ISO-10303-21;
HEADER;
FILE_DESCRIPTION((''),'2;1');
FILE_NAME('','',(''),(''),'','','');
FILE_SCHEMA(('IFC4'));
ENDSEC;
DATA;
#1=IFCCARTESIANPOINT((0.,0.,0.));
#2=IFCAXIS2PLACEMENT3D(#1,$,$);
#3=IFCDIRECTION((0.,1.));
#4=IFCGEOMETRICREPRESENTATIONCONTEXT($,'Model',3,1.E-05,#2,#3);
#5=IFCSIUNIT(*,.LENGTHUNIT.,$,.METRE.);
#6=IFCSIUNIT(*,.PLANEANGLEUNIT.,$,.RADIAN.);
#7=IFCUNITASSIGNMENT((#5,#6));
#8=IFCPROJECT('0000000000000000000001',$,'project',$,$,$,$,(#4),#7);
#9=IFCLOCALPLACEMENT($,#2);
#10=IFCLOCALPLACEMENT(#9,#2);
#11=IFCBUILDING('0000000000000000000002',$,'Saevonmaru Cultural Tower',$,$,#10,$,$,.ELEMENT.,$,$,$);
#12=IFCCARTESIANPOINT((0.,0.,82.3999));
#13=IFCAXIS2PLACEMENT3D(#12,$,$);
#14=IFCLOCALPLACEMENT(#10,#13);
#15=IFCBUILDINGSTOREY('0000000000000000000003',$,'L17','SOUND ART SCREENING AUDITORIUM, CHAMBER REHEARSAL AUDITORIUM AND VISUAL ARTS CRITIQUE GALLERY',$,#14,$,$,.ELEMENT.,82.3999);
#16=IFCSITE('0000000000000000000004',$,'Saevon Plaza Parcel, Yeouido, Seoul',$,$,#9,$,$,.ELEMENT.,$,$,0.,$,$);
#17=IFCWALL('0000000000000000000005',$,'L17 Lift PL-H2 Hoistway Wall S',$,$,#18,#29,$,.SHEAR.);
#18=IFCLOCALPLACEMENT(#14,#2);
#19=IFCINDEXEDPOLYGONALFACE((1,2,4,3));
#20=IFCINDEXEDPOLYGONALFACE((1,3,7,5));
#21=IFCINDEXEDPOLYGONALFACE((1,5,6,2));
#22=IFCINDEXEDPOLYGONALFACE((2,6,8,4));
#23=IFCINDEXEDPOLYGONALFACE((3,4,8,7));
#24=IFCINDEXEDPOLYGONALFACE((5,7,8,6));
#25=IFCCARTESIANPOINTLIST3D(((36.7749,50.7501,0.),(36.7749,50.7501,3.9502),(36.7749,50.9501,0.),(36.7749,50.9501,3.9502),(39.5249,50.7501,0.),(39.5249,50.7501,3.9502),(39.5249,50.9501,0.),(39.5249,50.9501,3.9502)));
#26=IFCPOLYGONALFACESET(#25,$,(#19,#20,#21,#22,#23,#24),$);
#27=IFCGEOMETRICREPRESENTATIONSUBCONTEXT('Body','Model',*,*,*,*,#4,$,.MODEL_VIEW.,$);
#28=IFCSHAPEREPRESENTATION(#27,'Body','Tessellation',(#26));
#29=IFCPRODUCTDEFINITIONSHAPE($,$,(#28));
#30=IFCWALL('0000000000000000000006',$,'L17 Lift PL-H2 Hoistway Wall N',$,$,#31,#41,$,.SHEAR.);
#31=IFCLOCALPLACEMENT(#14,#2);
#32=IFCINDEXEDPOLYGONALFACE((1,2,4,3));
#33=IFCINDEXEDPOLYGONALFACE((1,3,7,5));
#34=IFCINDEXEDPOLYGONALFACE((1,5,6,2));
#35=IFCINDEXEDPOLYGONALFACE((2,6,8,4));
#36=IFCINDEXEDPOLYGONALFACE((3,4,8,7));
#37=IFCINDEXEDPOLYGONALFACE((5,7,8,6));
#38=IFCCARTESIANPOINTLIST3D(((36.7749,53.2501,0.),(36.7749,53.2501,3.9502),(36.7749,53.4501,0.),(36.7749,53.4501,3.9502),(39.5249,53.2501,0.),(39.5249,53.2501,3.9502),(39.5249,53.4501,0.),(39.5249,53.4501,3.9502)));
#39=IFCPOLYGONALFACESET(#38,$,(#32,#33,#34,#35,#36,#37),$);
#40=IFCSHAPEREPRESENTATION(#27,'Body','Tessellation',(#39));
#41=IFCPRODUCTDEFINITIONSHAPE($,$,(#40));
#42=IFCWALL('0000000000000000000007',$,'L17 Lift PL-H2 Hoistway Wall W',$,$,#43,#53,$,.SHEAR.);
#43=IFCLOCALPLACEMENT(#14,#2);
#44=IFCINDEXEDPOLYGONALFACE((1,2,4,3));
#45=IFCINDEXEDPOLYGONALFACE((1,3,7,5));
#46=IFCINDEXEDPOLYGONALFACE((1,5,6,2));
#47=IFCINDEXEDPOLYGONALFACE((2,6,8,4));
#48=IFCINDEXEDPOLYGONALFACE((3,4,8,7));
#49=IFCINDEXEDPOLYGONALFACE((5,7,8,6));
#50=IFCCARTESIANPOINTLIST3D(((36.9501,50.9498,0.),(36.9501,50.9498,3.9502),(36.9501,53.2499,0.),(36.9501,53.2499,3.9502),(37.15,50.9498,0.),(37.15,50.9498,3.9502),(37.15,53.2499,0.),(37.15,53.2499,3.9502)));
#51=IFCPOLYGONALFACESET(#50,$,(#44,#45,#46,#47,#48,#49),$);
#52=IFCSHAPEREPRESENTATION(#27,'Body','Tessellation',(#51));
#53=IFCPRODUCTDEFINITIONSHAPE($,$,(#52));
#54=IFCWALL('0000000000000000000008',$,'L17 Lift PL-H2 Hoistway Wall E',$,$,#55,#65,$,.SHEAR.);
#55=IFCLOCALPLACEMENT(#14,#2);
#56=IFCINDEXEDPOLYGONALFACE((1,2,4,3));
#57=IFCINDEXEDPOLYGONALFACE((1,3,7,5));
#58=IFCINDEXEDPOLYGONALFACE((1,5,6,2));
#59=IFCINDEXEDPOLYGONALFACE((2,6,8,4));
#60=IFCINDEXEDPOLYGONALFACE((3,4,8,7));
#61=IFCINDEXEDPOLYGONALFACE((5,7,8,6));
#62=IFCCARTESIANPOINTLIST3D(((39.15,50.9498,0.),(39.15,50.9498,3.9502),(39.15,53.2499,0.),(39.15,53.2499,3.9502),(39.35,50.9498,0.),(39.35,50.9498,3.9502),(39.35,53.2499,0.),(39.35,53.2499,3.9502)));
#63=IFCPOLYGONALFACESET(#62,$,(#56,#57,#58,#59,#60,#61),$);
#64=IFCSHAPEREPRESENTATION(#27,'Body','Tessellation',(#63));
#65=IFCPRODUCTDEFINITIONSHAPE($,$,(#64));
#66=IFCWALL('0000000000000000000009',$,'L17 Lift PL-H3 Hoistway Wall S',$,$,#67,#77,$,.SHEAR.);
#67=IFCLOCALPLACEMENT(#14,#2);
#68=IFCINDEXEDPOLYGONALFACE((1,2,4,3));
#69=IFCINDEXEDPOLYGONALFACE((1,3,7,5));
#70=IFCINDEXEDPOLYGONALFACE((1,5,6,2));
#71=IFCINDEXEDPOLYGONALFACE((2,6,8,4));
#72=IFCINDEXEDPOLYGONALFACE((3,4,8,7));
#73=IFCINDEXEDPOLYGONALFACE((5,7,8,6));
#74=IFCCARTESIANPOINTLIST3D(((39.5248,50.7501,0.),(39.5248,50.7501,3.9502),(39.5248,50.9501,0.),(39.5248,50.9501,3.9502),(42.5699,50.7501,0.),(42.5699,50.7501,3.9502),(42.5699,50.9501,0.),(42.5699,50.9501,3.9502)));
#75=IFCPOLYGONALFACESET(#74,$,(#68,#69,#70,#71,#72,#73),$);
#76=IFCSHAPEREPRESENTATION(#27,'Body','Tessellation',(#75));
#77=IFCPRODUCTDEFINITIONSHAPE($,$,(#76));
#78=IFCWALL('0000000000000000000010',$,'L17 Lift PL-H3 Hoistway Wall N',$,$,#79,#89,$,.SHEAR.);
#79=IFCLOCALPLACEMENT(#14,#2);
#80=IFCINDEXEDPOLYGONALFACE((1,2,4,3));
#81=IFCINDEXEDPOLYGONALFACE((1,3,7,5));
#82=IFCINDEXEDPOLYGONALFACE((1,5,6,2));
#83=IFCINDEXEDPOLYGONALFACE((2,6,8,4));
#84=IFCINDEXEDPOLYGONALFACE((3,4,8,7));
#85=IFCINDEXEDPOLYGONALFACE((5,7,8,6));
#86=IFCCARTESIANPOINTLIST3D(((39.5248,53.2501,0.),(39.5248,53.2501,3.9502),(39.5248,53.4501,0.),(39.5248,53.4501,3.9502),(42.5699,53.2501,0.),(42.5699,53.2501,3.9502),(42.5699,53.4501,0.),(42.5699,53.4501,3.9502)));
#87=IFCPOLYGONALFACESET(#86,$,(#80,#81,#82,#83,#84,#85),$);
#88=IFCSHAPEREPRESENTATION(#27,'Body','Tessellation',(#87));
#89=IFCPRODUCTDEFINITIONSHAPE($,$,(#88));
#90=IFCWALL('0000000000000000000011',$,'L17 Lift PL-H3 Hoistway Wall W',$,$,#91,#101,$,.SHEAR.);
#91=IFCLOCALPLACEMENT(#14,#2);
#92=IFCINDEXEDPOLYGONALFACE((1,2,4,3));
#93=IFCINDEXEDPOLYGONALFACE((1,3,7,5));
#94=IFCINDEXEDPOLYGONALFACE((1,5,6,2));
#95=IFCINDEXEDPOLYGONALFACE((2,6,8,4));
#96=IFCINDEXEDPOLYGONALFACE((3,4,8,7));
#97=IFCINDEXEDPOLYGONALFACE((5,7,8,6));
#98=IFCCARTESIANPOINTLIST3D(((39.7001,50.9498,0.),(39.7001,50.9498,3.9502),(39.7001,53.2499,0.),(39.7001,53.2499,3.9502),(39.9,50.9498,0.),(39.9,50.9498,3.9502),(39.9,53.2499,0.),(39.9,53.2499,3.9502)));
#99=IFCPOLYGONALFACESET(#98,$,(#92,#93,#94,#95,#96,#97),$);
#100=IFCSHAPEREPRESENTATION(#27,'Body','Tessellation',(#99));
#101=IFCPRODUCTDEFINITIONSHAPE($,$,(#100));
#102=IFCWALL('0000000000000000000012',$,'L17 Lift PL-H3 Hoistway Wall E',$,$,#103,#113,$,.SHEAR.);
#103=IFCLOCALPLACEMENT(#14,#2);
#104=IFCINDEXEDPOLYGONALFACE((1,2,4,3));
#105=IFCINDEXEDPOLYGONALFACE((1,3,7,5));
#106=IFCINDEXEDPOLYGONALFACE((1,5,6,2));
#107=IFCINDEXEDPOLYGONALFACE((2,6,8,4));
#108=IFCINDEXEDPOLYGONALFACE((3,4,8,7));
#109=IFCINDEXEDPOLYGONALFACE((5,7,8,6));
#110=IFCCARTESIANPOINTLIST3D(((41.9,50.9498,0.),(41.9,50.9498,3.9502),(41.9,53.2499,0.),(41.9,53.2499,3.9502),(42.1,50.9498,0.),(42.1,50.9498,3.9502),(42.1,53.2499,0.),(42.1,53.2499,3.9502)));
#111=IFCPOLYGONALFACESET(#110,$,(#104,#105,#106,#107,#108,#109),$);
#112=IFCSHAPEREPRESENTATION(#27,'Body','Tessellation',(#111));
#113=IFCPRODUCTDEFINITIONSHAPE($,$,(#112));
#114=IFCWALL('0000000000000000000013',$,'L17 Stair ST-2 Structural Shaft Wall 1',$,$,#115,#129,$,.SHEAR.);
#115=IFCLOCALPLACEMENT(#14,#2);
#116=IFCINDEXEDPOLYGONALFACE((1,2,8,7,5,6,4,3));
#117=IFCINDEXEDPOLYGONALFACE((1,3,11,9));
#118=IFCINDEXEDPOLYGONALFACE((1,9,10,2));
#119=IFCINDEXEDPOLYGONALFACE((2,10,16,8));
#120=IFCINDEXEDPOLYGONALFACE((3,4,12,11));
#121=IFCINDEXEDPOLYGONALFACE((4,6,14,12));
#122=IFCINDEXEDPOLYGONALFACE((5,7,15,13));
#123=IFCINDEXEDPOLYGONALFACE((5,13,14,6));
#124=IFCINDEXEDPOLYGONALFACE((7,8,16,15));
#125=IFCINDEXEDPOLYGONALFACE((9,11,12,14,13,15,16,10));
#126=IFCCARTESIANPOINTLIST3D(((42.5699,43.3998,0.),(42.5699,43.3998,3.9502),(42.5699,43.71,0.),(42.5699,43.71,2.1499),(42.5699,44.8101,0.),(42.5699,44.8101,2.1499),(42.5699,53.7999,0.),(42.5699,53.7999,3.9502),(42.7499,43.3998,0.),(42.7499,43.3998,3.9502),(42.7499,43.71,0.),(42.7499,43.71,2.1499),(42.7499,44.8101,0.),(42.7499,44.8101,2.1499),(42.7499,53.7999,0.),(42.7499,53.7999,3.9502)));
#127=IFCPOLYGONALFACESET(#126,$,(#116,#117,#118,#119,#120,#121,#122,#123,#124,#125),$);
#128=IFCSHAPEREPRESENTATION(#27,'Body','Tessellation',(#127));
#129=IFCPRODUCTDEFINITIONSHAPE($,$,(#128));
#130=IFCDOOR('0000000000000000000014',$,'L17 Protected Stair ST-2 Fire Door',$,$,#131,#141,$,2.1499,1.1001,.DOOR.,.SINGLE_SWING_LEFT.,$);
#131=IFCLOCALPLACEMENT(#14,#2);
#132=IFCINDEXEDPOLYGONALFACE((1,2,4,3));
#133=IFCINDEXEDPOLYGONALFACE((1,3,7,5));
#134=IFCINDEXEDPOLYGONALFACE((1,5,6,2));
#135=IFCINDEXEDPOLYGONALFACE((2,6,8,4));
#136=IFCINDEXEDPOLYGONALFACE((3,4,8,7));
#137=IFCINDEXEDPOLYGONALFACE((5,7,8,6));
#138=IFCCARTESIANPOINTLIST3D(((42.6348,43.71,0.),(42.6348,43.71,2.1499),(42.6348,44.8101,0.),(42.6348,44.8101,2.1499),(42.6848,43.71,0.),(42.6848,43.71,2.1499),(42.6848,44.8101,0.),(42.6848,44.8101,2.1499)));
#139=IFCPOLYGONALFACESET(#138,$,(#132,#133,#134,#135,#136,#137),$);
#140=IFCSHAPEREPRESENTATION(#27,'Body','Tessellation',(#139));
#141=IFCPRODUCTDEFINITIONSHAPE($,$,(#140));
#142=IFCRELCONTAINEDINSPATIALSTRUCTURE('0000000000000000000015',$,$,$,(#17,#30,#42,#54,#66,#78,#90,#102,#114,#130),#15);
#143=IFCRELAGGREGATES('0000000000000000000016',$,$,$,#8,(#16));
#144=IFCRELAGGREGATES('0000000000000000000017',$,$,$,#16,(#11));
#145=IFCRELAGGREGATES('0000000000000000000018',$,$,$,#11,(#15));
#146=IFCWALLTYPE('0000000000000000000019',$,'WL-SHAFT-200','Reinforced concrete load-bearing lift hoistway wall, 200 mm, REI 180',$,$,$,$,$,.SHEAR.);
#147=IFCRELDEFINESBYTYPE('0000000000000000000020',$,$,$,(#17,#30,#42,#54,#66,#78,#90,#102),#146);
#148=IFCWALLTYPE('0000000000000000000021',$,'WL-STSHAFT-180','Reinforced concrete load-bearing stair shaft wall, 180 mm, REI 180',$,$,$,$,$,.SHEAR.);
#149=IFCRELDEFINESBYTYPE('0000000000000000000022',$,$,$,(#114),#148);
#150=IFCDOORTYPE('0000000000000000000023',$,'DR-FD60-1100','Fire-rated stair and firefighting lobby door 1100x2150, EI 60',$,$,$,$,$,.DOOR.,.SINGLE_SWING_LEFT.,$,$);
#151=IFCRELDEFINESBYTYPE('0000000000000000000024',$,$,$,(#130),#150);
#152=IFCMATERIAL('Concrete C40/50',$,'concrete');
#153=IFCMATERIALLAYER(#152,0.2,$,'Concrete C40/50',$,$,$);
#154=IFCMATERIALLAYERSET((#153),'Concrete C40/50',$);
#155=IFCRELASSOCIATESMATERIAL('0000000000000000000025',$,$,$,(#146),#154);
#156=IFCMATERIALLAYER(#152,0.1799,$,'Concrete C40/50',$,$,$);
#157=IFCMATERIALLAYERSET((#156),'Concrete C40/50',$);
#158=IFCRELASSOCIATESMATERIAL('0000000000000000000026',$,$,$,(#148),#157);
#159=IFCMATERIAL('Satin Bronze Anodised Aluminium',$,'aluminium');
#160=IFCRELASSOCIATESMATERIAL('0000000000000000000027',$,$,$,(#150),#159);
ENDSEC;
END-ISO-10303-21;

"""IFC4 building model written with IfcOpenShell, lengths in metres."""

from ifc_helpers import new_model, si_unit, direction, frame, frame_2d, origin, place, context, subcontext, project, spatial, rectangle, extrude, material, layer, layer_set, type_object, element, fill, save


model = new_model("IFC4")

# Units and contexts
model_context = context("Model", 3, precision=1e-05, world=origin(), true_north=direction((0.0, 1.0)))
body_context = subcontext(model_context, "Body", "Model", "MODEL_VIEW")
ifc_project = project(units=[si_unit("LENGTHUNIT", "METRE"), si_unit("PLANEANGLEUNIT", "RADIAN")], contexts=[model_context])

# Site, building, storey
site_placement = place(None, origin())
site = spatial("IfcSite", under=ifc_project, at=site_placement, Name="Saevon Plaza Parcel, Yeouido, Seoul", CompositionType="ELEMENT", RefElevation=0.0)
building_placement = place(site_placement, origin())
building = spatial("IfcBuilding", under=site, at=building_placement, Name="Saevonmaru Cultural Tower", CompositionType="ELEMENT")
storey_placement = place(building_placement, frame((0.0, 0.0, 82.3999)))
storey = spatial("IfcBuildingStorey", under=building, at=storey_placement, Name="L17", Description="SOUND ART SCREENING AUDITORIUM, CHAMBER REHEARSAL AUDITORIUM AND VISUAL ARTS CRITIQUE GALLERY", CompositionType="ELEMENT", Elevation=82.3999)

# Shared definitions
ifc_material_1 = material(Name="Satin Bronze Anodised Aluminium", Category="aluminium")

# Shared definitions
ifc_material_2 = material(Name="Concrete C40/50", Category="concrete")
ifc_layer_1 = layer(ifc_material_2, 0.2, Name="Concrete C40/50")
ifc_layer_set_1 = layer_set([ifc_layer_1], Name="Concrete C40/50")
wall_type_1 = type_object("IfcWallType", Name="WL-SHAFT-200", Description="Reinforced concrete load-bearing lift hoistway wall, 200 mm, REI 180", PredefinedType="SHEAR", material=ifc_layer_set_1)

# Walls
for number, where, z_axis, x_axis, name in (
    (1, (36.7749, 50.8501, 0.0), (0.0, 0.0, 1.0), (1.0, 0.0, 0.0), "L17 Lift PL-H2 Hoistway Wall S"),
    (2, (36.7749, 53.3501, 0.0), (0.0, 0.0, 1.0), (1.0, 0.0, 0.0), "L17 Lift PL-H2 Hoistway Wall N"),
):
    element("IfcWall", number, at=place(storey_placement, frame(where, z_axis=z_axis, x_axis=x_axis)), inside=storey, type_object=wall_type_1, Name=name, PredefinedType="SHEAR", context=body_context, shape_type="SweptSolid", body=[
        extrude(rectangle(XDim=2.75, YDim=0.2, at=frame_2d((1.375, 0.0))), origin(), (0.0, 0.0, 1.0), 3.9502),
    ])
for number, where, z_axis, x_axis, name in (
    (3, (37.05, 50.95, 0.0), (0.0, 0.0, 1.0), (0.0, 1.0, 0.0), "L17 Lift PL-H2 Hoistway Wall W"),
    (4, (39.25, 50.95, 0.0), (0.0, 0.0, 1.0), (0.0, 1.0, 0.0), "L17 Lift PL-H2 Hoistway Wall E"),
):
    element("IfcWall", number, at=place(storey_placement, frame(where, z_axis=z_axis, x_axis=x_axis)), inside=storey, type_object=wall_type_1, Name=name, PredefinedType="SHEAR", context=body_context, shape_type="SweptSolid", body=[
        extrude(rectangle(XDim=2.3, YDim=0.2, at=frame_2d((1.1499, 0.0))), origin(), (0.0, 0.0, 1.0), 3.9502),
    ])
for number, where, z_axis, x_axis, name in (
    (5, (39.5249, 50.8501, 0.0), (0.0, 0.0, 1.0), (1.0, 0.0, 0.0), "L17 Lift PL-H3 Hoistway Wall S"),
    (6, (39.5249, 53.3501, 0.0), (0.0, 0.0, 1.0), (1.0, 0.0, 0.0), "L17 Lift PL-H3 Hoistway Wall N"),
):
    element("IfcWall", number, at=place(storey_placement, frame(where, z_axis=z_axis, x_axis=x_axis)), inside=storey, type_object=wall_type_1, Name=name, PredefinedType="SHEAR", context=body_context, shape_type="SweptSolid", body=[
        extrude(rectangle(XDim=3.0452, YDim=0.2, at=frame_2d((1.5225, 0.0))), origin(), (0.0, 0.0, 1.0), 3.9502),
    ])
for number, where, z_axis, x_axis, name in (
    (7, (39.8, 50.95, 0.0), (0.0, 0.0, 1.0), (0.0, 1.0, 0.0), "L17 Lift PL-H3 Hoistway Wall W"),
    (8, (42.0, 50.95, 0.0), (0.0, 0.0, 1.0), (0.0, 1.0, 0.0), "L17 Lift PL-H3 Hoistway Wall E"),
):
    element("IfcWall", number, at=place(storey_placement, frame(where, z_axis=z_axis, x_axis=x_axis)), inside=storey, type_object=wall_type_1, Name=name, PredefinedType="SHEAR", context=body_context, shape_type="SweptSolid", body=[
        extrude(rectangle(XDim=2.3, YDim=0.2, at=frame_2d((1.1499, 0.0))), origin(), (0.0, 0.0, 1.0), 3.9502),
    ])

# Wall, opening, door
ifc_layer_2 = layer(ifc_material_2, 0.1799, Name="Concrete C40/50")
ifc_layer_set_2 = layer_set([ifc_layer_2], Name="Concrete C40/50")
wall_type_2 = type_object("IfcWallType", Name="WL-STSHAFT-180", Description="Reinforced concrete load-bearing stair shaft wall, 180 mm, REI 180", PredefinedType="SHEAR", material=ifc_layer_set_2)
wall_1_placement = place(storey_placement, frame((42.6599, 53.8, 0.0), z_axis=(0.0, 0.0, 1.0), x_axis=(0.0, -1.0, 0.0)))
wall_1 = element("IfcWall", 9, at=wall_1_placement, inside=storey, type_object=wall_type_2, Name="L17 Stair ST-2 Structural Shaft Wall 1", PredefinedType="SHEAR", context=body_context, shape_type="SweptSolid", body=[
    extrude(rectangle(XDim=10.4001, YDim=0.1799, at=frame_2d((5.2002, 0.0))), origin(), (0.0, 0.0, 1.0), 3.9502),
])
opening_1_placement = place(wall_1_placement, frame((8.99, 0.0, 0.0)))
opening_1 = element("IfcOpeningElement", 10, at=opening_1_placement, cuts=wall_1, PredefinedType="OPENING", context=body_context, shape_type="SweptSolid", body=[
    extrude(rectangle(XDim=1.1001, YDim=2.1499, at=frame_2d((0.55, 1.075))), frame((0.0, 0.1001, 0.0), z_axis=(0.0, -1.0, 0.0), x_axis=(1.0, 0.0, 0.0)), (0.0, 0.0, 1.0), 0.2),
])
door_type_1 = type_object("IfcDoorType", Name="DR-FD60-1100", Description="Fire-rated stair and firefighting lobby door 1100x2150, EI 60", OperationType="SINGLE_SWING_LEFT", PredefinedType="DOOR", material=ifc_material_1)
door_1_placement = place(opening_1_placement, origin())
door_1 = element("IfcDoor", 11, at=door_1_placement, inside=storey, type_object=door_type_1, Name="L17 Protected Stair ST-2 Fire Door", OperationType="SINGLE_SWING_LEFT", OverallHeight=2.1499, OverallWidth=1.1001, PredefinedType="DOOR", context=body_context, shape_type="SweptSolid", body=[
    extrude(rectangle(XDim=1.1001, YDim=2.1499, at=frame_2d((0.55, 1.075))), frame((0.0, 0.0249, 0.0), z_axis=(0.0, -1.0, 0.0), x_axis=(1.0, 0.0, 0.0)), (0.0, 0.0, 1.0), 0.05),
])
fill(opening_1, door_1)

save(model, "model.ifc")
